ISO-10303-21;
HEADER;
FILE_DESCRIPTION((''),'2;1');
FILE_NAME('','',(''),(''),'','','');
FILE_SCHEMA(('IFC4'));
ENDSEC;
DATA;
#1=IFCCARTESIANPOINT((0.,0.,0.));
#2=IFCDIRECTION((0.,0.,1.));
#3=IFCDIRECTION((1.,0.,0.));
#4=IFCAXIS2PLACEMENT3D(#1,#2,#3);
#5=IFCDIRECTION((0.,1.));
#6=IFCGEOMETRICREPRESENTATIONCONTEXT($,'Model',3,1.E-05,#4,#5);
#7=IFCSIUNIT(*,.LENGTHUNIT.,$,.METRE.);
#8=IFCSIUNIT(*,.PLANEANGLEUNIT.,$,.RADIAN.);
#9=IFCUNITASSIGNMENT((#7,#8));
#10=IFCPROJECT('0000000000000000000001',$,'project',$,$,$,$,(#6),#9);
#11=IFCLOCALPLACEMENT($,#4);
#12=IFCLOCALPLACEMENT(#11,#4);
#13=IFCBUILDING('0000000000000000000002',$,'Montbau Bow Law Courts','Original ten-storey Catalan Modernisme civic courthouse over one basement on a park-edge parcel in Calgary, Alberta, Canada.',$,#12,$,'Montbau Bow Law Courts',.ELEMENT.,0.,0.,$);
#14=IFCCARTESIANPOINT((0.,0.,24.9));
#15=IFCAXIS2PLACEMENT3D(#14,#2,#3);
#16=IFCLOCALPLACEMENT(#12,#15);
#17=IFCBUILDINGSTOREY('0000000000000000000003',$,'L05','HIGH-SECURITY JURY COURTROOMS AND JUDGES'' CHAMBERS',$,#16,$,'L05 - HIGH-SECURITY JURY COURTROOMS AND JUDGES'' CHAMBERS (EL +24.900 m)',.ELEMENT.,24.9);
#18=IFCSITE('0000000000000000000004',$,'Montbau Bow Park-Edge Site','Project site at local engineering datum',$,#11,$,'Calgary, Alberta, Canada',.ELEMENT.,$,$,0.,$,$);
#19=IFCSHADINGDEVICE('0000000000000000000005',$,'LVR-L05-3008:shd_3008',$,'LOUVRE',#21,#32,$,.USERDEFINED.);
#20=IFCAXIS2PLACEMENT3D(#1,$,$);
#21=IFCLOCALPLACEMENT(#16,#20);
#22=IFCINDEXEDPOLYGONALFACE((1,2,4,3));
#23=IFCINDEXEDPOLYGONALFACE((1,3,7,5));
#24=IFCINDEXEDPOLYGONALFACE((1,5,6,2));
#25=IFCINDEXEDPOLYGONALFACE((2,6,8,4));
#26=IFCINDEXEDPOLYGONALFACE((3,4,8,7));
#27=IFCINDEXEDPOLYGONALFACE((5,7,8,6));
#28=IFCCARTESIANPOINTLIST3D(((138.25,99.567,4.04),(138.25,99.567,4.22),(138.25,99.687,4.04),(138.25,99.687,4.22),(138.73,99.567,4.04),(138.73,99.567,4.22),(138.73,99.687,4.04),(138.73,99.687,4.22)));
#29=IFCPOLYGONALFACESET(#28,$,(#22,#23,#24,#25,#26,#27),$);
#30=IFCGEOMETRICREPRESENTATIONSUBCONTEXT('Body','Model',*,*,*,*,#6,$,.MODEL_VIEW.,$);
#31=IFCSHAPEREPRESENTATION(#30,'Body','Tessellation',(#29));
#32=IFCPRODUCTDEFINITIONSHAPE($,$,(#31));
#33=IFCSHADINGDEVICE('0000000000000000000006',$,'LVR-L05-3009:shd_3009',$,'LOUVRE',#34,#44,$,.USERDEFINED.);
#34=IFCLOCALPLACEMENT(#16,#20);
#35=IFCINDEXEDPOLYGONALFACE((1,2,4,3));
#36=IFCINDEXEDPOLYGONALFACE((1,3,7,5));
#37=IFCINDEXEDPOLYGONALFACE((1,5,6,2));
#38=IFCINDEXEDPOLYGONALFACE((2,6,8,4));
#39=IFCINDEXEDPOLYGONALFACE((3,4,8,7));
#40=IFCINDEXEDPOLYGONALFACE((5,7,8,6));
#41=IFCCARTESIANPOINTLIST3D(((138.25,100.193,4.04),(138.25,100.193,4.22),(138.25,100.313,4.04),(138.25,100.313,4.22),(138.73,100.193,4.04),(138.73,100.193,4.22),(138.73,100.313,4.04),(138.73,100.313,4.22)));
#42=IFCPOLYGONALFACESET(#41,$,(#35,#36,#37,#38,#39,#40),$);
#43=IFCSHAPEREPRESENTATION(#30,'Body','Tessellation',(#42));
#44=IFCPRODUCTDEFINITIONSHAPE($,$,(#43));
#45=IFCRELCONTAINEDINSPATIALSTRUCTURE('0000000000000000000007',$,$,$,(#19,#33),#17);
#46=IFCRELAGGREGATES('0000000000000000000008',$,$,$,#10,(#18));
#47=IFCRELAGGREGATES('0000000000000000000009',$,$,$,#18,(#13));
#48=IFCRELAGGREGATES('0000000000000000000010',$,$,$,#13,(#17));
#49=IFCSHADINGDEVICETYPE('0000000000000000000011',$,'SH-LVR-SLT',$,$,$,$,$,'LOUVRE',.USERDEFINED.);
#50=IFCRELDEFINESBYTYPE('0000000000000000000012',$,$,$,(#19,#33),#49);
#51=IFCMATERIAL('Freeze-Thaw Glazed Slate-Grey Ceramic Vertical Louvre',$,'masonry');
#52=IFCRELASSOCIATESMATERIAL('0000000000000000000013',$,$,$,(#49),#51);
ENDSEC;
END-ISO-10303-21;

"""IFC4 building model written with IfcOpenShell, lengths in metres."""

from ifc_helpers import new_model, si_unit, direction, frame, origin_with_axes, origin_2d_with_axis, place, context, subcontext, project, spatial, rectangle, extrude, material, type_object, element, save


model = new_model("IFC4")

# Units and contexts
model_context = context("Model", 3, precision=1e-05, world=origin_with_axes(), true_north=direction((0.0, 1.0)))
body_context = subcontext(model_context, "Body", "Model", "MODEL_VIEW")
ifc_project = project(units=[si_unit("LENGTHUNIT", "METRE"), si_unit("PLANEANGLEUNIT", "RADIAN")], contexts=[model_context])

# Site, building, storey
site_placement = place(None, origin_with_axes())
site = spatial("IfcSite", under=ifc_project, at=site_placement, Name="Montbau Bow Park-Edge Site", Description="Project site at local engineering datum", LongName="Calgary, Alberta, Canada", CompositionType="ELEMENT", RefElevation=0.0)
building_placement = place(site_placement, origin_with_axes())
building = spatial("IfcBuilding", under=site, at=building_placement, Name="Montbau Bow Law Courts", Description="Original ten-storey Catalan Modernisme civic courthouse over one basement on a park-edge parcel in Calgary, Alberta, Canada.", LongName="Montbau Bow Law Courts", CompositionType="ELEMENT", ElevationOfRefHeight=0.0, ElevationOfTerrain=0.0)
storey_placement = place(building_placement, frame((0.0, 0.0, 24.9), z_axis=(0.0, 0.0, 1.0), x_axis=(1.0, 0.0, 0.0)))
storey = spatial("IfcBuildingStorey", under=building, at=storey_placement, Name="L05", Description="HIGH-SECURITY JURY COURTROOMS AND JUDGES' CHAMBERS", LongName="L05 - HIGH-SECURITY JURY COURTROOMS AND JUDGES' CHAMBERS (EL +24.900 m)", CompositionType="ELEMENT", Elevation=24.9)

# Shading devices
ifc_material = material(Name="Freeze-Thaw Glazed Slate-Grey Ceramic Vertical Louvre", Category="masonry")
shading_device_type = type_object("IfcShadingDeviceType", Name="SH-LVR-SLT", ElementType="LOUVRE", PredefinedType="USERDEFINED", material=ifc_material)
for number, where, z_axis, x_axis, name in (
    (1, (138.49, 99.627, 28.94), (0.0, 0.0, 1.0), (-1.0, 0.0, 0.0), "LVR-L05-3008:shd_3008"),
    (2, (138.49, 100.253, 28.94), (0.0, 0.0, 1.0), (-1.0, 0.0, 0.0), "LVR-L05-3009:shd_3009"),
):
    element("IfcShadingDevice", number, at=place(None, frame(where, z_axis=z_axis, x_axis=x_axis)), inside=storey, type_object=shading_device_type, Name=name, ObjectType="LOUVRE", PredefinedType="USERDEFINED", context=body_context, shape_type="SweptSolid", body=[
        extrude(rectangle(XDim=0.48, YDim=0.12, at=origin_2d_with_axis()), origin_with_axes(), (0.0, 0.0, 1.0), 0.18),
    ])

save(model, "model.ifc")
